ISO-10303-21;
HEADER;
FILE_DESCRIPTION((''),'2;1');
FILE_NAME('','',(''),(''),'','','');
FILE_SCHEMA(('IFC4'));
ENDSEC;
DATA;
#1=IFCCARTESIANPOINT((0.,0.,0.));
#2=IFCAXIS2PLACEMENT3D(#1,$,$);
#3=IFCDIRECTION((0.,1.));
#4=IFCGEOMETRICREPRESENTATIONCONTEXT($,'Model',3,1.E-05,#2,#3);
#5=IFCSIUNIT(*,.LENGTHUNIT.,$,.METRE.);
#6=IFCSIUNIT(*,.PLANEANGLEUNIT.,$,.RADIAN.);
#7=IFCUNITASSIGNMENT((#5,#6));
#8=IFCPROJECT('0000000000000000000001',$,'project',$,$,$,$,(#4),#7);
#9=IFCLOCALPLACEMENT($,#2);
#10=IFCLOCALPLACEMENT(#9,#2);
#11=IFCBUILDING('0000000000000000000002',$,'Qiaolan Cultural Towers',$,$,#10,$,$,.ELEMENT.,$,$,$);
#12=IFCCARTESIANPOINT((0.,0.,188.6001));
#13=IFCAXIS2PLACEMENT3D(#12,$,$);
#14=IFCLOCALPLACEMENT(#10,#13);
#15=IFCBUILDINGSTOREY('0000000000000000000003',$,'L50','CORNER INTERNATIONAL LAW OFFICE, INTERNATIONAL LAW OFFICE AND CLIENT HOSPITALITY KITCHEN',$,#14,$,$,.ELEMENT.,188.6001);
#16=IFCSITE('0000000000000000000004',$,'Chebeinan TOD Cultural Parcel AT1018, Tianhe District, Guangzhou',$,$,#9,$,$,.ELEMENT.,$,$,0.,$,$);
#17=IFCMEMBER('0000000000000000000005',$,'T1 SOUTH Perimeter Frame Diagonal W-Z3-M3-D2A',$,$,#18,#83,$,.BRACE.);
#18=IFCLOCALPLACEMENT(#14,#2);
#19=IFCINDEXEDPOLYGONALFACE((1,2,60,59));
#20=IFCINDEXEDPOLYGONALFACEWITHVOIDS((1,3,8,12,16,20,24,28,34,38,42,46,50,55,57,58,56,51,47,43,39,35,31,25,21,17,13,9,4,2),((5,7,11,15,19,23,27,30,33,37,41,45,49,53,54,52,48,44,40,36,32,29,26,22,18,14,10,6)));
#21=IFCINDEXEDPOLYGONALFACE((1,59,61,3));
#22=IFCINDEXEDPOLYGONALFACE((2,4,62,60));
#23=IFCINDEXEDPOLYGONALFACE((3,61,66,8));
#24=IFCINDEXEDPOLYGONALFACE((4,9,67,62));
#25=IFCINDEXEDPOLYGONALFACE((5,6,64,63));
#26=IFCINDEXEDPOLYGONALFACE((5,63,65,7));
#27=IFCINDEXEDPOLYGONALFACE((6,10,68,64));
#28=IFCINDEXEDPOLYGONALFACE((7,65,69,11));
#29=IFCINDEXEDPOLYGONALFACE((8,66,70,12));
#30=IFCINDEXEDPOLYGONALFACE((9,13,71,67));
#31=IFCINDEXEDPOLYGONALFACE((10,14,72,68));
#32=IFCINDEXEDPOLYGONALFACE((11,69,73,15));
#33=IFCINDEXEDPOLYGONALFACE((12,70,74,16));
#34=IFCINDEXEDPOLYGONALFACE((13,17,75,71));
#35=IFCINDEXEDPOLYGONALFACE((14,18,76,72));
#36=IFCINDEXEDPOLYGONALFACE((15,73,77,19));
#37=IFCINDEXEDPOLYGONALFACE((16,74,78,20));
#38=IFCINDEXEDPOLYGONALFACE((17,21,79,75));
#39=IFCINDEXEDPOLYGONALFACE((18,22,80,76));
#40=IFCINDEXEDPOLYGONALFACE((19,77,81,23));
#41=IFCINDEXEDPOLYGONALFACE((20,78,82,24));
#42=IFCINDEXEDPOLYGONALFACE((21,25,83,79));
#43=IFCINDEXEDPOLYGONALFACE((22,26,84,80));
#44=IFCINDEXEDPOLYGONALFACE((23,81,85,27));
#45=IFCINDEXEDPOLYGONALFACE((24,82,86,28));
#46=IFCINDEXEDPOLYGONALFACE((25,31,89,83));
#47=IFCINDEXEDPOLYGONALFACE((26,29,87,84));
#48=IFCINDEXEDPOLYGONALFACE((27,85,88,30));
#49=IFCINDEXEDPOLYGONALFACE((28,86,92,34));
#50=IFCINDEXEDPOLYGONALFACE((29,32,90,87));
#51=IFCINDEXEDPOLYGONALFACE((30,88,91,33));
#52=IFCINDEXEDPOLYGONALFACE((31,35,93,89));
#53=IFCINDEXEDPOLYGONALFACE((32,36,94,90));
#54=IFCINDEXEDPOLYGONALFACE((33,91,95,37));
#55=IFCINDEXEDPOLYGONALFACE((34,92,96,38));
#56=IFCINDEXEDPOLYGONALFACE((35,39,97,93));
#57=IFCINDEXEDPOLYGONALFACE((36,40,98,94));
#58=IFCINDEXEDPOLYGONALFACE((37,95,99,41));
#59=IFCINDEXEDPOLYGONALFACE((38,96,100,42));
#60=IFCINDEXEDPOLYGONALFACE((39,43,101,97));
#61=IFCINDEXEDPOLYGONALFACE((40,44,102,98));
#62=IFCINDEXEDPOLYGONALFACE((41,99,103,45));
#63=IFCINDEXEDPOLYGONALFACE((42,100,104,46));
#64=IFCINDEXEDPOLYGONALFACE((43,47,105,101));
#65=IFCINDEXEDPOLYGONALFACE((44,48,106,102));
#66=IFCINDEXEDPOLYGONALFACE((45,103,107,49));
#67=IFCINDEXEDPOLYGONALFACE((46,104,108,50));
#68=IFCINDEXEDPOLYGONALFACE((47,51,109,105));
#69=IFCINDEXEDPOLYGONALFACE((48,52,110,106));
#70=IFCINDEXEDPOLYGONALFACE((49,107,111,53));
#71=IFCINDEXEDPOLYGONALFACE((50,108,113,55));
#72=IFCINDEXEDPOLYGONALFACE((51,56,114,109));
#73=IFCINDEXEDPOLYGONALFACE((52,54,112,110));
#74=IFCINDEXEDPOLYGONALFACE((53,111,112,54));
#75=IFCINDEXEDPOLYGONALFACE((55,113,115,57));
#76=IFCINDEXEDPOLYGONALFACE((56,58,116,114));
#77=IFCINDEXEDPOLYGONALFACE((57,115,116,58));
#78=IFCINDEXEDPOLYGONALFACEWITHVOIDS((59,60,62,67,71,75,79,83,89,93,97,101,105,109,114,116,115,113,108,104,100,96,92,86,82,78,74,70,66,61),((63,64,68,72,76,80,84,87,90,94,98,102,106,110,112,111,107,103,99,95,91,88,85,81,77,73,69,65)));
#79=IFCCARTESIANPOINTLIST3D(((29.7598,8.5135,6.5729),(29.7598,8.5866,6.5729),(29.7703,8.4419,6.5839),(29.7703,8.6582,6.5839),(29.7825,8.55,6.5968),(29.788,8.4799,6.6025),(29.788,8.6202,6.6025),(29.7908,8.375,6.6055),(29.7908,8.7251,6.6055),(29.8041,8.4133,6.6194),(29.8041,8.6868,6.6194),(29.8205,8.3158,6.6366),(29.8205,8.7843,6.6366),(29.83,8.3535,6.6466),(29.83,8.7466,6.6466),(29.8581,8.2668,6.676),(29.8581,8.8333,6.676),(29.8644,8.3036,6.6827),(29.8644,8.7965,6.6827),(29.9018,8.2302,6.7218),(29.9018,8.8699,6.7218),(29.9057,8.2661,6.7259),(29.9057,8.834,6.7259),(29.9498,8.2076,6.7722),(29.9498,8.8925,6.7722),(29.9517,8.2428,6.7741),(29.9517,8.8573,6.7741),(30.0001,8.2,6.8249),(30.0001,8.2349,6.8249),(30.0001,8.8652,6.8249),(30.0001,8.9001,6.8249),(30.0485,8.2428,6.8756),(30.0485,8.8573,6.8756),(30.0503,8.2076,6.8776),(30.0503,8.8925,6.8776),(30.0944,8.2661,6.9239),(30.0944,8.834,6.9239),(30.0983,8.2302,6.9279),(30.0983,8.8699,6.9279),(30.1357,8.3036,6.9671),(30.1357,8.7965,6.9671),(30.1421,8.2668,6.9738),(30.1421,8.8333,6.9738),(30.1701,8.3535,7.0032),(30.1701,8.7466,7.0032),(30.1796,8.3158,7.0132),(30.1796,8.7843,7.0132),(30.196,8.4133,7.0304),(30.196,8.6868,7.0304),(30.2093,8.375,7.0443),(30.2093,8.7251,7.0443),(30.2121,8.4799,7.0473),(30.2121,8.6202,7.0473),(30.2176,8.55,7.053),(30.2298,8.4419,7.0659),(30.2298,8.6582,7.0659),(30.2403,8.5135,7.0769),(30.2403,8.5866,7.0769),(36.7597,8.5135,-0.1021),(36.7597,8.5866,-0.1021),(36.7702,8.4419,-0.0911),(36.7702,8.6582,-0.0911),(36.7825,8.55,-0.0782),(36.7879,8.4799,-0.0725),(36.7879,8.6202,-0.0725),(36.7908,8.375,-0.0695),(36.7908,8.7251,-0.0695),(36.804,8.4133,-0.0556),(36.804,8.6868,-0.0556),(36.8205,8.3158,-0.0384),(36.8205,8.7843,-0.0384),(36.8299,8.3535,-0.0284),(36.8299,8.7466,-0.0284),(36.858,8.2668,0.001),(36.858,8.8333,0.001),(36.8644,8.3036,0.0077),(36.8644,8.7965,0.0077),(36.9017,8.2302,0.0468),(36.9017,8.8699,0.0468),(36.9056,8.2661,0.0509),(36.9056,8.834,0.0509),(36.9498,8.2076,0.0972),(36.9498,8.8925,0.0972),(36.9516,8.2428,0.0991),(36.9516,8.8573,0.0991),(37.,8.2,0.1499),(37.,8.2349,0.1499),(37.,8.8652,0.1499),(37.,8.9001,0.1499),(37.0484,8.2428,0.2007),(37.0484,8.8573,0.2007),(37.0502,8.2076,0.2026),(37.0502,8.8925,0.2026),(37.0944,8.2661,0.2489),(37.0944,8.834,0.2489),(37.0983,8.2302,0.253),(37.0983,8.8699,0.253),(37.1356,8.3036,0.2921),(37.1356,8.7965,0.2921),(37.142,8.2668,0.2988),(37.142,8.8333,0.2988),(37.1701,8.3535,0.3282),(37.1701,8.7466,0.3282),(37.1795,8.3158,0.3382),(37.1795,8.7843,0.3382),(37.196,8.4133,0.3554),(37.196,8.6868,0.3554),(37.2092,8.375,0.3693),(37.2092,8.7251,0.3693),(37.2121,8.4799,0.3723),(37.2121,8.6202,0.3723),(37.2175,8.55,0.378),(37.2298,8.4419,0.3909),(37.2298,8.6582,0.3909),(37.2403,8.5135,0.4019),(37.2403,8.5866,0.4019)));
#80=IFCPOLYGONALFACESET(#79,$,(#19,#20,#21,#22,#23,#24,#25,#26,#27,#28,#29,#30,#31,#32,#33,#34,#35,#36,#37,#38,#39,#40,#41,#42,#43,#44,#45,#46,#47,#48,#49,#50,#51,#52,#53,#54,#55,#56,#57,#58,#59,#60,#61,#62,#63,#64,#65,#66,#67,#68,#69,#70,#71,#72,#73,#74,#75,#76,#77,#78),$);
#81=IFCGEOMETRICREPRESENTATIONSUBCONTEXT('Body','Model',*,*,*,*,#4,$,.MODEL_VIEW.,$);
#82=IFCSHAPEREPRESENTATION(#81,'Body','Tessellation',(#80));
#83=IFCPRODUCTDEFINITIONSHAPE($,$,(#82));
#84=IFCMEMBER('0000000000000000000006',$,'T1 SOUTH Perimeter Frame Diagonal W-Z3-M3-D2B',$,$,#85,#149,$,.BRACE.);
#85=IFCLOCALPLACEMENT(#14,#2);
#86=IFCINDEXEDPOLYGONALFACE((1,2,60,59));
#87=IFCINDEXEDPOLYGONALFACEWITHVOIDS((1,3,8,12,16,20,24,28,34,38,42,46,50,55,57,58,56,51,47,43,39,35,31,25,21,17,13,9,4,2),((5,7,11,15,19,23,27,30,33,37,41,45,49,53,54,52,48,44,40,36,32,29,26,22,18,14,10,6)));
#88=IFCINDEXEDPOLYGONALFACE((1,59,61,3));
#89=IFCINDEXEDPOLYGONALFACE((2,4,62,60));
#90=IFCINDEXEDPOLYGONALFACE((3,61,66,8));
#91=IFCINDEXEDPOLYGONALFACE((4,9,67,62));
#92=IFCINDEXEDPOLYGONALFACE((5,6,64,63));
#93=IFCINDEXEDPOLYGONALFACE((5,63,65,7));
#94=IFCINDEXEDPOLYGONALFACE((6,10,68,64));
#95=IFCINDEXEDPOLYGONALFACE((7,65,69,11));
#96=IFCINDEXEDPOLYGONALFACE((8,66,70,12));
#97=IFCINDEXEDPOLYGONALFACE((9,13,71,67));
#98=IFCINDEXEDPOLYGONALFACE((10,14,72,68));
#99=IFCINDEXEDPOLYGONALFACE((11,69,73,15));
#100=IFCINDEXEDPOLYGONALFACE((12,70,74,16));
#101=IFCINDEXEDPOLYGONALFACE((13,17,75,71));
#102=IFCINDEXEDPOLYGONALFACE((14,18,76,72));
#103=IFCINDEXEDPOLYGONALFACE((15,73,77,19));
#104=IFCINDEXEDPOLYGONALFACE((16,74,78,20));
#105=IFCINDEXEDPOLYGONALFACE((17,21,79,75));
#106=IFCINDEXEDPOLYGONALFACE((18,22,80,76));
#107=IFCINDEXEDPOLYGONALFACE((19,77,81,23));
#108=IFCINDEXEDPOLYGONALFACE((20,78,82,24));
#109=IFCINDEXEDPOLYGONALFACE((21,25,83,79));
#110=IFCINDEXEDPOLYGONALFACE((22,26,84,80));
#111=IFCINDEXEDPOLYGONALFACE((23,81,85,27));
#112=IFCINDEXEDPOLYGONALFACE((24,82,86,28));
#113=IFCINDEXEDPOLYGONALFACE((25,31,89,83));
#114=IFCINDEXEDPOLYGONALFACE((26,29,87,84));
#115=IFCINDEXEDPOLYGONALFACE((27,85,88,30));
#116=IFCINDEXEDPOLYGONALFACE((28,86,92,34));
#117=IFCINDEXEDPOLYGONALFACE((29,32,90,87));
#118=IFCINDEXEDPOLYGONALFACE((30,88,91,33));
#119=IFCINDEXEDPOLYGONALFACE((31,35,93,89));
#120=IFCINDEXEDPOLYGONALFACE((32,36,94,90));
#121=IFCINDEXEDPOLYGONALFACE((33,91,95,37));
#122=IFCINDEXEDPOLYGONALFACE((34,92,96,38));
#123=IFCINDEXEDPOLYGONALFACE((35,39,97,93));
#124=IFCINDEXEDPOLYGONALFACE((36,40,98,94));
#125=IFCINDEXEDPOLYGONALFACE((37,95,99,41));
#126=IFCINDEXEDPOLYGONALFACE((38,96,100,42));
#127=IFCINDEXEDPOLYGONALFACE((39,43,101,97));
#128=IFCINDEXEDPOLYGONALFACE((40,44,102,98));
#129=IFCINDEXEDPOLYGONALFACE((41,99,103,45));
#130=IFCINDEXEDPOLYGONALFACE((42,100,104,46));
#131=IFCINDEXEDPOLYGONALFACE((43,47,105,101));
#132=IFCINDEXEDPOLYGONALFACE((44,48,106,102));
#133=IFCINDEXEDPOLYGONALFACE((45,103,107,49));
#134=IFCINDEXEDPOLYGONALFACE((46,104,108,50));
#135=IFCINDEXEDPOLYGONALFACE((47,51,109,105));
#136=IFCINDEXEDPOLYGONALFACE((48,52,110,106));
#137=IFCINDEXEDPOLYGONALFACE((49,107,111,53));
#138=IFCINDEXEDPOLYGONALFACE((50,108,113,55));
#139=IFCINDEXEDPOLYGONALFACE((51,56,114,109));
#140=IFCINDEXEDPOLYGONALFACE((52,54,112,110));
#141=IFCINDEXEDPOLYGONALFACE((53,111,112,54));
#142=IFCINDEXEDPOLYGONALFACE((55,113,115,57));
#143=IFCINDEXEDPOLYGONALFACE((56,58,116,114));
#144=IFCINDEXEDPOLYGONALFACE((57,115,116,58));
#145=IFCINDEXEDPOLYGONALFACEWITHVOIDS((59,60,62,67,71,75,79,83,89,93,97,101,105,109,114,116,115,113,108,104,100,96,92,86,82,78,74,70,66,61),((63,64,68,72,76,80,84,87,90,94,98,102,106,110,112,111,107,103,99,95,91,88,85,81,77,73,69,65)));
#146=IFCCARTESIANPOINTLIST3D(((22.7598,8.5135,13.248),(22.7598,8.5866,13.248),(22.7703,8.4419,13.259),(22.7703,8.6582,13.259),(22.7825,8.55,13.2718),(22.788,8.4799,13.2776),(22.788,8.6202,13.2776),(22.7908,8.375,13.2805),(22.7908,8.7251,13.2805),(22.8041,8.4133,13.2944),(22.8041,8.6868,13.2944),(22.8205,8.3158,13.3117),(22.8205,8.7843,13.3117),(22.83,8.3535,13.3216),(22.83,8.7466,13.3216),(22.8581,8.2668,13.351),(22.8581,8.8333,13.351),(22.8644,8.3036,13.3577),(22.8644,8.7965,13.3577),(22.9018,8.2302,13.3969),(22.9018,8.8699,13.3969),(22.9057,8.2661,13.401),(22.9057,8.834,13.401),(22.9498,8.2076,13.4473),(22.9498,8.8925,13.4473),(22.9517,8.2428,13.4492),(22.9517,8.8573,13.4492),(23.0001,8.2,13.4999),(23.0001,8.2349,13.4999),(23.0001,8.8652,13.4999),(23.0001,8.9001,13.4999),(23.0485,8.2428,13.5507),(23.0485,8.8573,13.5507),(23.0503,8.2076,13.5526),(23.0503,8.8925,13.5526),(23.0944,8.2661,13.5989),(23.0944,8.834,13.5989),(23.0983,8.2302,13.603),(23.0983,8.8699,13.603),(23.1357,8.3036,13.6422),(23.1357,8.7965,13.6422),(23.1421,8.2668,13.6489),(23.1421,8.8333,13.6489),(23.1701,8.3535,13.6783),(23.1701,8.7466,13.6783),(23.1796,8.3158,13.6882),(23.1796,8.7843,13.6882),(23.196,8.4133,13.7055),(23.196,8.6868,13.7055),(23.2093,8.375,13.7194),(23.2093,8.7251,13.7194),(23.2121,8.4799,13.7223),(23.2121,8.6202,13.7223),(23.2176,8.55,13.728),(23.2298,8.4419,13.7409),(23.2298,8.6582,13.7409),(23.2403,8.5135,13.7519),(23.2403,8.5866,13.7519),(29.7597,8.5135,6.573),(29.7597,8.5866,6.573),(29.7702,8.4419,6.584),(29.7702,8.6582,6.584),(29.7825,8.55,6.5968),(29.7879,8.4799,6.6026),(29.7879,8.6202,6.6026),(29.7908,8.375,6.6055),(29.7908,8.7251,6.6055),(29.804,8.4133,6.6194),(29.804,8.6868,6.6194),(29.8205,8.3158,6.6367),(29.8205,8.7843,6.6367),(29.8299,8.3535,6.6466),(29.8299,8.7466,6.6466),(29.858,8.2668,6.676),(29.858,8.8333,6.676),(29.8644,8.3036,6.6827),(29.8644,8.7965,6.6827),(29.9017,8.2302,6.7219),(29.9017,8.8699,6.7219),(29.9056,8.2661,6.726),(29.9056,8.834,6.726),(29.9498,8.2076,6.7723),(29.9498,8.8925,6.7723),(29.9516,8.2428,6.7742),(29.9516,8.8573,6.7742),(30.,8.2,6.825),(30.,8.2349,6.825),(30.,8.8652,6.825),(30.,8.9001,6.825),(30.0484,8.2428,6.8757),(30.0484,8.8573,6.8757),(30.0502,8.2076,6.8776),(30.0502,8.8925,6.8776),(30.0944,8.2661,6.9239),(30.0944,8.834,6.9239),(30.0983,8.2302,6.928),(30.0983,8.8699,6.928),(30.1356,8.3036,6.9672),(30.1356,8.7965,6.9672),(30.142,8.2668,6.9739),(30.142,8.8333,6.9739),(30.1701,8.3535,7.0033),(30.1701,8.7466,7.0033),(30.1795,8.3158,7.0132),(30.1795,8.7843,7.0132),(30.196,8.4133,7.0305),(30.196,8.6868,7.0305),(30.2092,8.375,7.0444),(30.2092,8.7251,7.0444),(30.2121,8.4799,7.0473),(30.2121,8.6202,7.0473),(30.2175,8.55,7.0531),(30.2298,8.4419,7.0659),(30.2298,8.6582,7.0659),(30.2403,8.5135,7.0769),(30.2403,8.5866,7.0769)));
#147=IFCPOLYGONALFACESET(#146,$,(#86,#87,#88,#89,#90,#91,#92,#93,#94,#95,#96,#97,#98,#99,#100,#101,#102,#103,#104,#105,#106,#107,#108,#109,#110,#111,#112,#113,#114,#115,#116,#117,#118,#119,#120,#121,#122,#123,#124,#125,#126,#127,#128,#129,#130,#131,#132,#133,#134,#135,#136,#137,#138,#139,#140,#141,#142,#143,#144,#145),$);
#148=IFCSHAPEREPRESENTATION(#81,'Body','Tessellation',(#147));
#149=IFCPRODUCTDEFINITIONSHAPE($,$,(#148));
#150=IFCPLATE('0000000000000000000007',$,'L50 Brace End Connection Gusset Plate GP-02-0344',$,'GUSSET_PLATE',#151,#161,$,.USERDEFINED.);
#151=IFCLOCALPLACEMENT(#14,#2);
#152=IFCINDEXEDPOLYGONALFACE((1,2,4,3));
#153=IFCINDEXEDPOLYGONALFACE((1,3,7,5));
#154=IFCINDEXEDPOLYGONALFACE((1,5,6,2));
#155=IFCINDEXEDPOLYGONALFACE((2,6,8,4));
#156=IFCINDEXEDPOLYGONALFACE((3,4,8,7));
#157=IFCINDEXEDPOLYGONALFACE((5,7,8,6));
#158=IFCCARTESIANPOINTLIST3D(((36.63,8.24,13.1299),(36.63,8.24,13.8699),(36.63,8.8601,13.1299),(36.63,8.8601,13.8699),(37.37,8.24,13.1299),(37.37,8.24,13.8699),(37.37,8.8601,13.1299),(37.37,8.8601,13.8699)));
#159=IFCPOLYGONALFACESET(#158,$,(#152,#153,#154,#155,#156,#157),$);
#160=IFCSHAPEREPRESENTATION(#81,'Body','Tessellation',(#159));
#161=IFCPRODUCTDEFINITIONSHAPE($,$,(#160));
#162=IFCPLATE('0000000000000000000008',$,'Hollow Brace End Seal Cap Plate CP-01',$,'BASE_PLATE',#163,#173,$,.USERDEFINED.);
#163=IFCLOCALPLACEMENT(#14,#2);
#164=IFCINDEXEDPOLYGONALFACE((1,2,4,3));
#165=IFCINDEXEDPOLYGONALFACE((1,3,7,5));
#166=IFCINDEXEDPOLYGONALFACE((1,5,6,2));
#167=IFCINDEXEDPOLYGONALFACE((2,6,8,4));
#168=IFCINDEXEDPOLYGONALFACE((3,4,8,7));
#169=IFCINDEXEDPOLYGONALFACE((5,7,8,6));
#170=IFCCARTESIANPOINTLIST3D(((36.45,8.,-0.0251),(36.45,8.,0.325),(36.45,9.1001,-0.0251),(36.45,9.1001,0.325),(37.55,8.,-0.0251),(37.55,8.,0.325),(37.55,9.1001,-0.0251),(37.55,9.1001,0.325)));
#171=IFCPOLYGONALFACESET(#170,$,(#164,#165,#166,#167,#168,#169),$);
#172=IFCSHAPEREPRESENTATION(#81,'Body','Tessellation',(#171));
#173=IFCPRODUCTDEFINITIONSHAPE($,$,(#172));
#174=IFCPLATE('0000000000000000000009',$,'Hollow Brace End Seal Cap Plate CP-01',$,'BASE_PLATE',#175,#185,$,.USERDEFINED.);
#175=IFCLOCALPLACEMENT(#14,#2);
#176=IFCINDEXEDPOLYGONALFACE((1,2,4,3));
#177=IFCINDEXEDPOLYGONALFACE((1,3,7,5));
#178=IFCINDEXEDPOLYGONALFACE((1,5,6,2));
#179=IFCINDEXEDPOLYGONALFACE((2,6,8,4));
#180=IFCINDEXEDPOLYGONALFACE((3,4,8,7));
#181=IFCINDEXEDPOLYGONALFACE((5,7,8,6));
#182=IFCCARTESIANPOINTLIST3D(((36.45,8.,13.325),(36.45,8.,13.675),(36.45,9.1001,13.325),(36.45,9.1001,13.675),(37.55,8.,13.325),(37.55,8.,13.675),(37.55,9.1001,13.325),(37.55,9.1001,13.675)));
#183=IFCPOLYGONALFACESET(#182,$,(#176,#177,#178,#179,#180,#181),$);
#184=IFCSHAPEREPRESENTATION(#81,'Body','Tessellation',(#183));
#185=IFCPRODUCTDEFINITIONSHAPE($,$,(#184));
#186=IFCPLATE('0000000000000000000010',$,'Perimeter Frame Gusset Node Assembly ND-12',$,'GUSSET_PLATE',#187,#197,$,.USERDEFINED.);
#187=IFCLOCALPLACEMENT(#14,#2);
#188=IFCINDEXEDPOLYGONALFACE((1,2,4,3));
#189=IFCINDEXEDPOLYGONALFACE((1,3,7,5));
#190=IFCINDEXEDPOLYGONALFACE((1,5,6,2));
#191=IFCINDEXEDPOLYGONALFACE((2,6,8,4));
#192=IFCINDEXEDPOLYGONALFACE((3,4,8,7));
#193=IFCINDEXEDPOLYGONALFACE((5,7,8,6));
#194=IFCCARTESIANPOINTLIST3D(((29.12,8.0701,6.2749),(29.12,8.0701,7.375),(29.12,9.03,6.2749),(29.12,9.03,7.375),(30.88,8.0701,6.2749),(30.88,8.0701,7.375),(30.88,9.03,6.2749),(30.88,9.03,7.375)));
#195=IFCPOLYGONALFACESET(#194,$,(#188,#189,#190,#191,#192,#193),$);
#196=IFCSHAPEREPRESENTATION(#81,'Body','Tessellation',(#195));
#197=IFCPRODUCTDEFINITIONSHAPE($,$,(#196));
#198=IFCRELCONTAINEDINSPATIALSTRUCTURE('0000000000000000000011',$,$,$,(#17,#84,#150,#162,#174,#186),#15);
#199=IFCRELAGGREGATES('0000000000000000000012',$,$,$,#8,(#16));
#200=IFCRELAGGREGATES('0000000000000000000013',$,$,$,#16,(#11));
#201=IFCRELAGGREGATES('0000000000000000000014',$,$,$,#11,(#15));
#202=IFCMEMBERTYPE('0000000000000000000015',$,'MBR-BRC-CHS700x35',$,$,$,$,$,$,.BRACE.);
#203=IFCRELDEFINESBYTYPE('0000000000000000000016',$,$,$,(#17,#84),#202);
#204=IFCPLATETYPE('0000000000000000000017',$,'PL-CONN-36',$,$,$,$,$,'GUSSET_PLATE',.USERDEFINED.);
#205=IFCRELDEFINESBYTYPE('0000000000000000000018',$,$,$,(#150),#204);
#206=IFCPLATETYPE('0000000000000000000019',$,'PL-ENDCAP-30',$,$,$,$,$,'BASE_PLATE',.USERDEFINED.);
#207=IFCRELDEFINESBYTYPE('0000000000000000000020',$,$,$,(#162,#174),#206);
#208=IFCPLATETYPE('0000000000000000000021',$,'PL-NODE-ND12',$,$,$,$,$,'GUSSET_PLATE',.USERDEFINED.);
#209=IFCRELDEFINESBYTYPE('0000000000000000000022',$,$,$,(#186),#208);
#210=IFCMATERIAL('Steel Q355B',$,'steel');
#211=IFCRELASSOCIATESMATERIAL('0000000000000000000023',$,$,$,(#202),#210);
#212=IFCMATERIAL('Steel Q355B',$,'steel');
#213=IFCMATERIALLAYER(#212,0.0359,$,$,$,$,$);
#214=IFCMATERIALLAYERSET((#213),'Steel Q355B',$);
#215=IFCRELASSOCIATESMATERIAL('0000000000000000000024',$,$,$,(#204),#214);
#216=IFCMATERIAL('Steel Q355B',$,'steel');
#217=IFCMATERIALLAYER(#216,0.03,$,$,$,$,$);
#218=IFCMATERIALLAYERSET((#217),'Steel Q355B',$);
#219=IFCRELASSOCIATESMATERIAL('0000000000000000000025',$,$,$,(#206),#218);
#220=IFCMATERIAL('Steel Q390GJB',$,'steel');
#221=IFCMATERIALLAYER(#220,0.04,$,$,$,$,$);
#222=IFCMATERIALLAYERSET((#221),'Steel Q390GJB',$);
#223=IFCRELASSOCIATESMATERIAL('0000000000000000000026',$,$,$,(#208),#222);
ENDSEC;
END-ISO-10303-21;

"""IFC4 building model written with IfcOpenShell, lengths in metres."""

from ifc_helpers import new_model, si_unit, direction, frame, origin, origin_2d, place, context, subcontext, project, spatial, rectangle, hollow_circle, extrude, material, layer, layer_set, material_profile, profile_set, type_object, element, save


model = new_model("IFC4")

# Units and contexts
model_context = context("Model", 3, precision=1e-05, world=origin(), true_north=direction((0.0, 1.0)))
body_context = subcontext(model_context, "Body", "Model", "MODEL_VIEW")
ifc_project = project(units=[si_unit("LENGTHUNIT", "METRE"), si_unit("PLANEANGLEUNIT", "RADIAN")], contexts=[model_context])

# Site, building, storey
site_placement = place(None, origin())
site = spatial("IfcSite", under=ifc_project, at=site_placement, Name="Chebeinan TOD Cultural Parcel AT1018, Tianhe District, Guangzhou", CompositionType="ELEMENT", RefElevation=0.0)
building_placement = place(site_placement, origin())
building = spatial("IfcBuilding", under=site, at=building_placement, Name="Qiaolan Cultural Towers", CompositionType="ELEMENT")
storey_placement = place(building_placement, frame((0.0, 0.0, 188.6001)))
storey = spatial("IfcBuildingStorey", under=building, at=storey_placement, Name="L50", Description="CORNER INTERNATIONAL LAW OFFICE, INTERNATIONAL LAW OFFICE AND CLIENT HOSPITALITY KITCHEN", CompositionType="ELEMENT", Elevation=188.6001)

# Members
ifc_material_1 = material(Name="Steel Q355B", Category="steel")
ifc_material_profile_1 = material_profile(ifc_material_1, hollow_circle(Radius=0.3501, WallThickness=0.0349, at=origin_2d()), Name="CHS700x35")
ifc_profile_set_1 = profile_set([ifc_material_profile_1], Name="Steel Q355B")
member_type = type_object("IfcMemberType", Name="MBR-BRC-CHS700x35", PredefinedType="BRACE", material=ifc_profile_set_1)
for number, where, z_axis, x_axis, name in (
    (1, (37.0, 8.55, 0.1499), (-0.723705, 0.0, 0.690109), (0.0, -1.0, 0.0), "T1 SOUTH Perimeter Frame Diagonal W-Z3-M3-D2A"),
    (2, (30.0, 8.55, 6.825), (-0.723705, 0.0, 0.690109), (0.0, -1.0, 0.0), "T1 SOUTH Perimeter Frame Diagonal W-Z3-M3-D2B"),
):
    element("IfcMember", number, at=place(storey_placement, frame(where, z_axis=z_axis, x_axis=x_axis)), inside=storey, type_object=member_type, Name=name, PredefinedType="BRACE", context=body_context, shape_type="SweptSolid", body=[
        extrude(hollow_circle(Radius=0.3501, WallThickness=0.0349, at=origin_2d()), origin(), (0.0, 0.0, 1.0), 9.6724),
    ])

# Plates
ifc_material_2 = material(Name="Steel Q355B", Category="steel")
ifc_layer_1 = layer(ifc_material_2, 0.0359)
ifc_layer_set_1 = layer_set([ifc_layer_1], Name="Steel Q355B")
plate_type_1 = type_object("IfcPlateType", Name="PL-CONN-36", ElementType="GUSSET_PLATE", PredefinedType="USERDEFINED", material=ifc_layer_set_1)
plate_1_placement = place(storey_placement, frame((37.0, 8.55, 13.1299), z_axis=(0.0, 0.0, 1.0), x_axis=(1.0, 0.0, 0.0)))
element("IfcPlate", 3, at=plate_1_placement, inside=storey, type_object=plate_type_1, Name="L50 Brace End Connection Gusset Plate GP-02-0344", ObjectType="GUSSET_PLATE", PredefinedType="USERDEFINED", context=body_context, shape_type="SweptSolid", body=[
    extrude(rectangle(XDim=0.74, YDim=0.6201, at=origin_2d()), origin(), (0.0, 0.0, 1.0), 0.74),
])
ifc_material_3 = material(Name="Steel Q355B", Category="steel")
ifc_layer_2 = layer(ifc_material_3, 0.03)
ifc_layer_set_2 = layer_set([ifc_layer_2], Name="Steel Q355B")
plate_type_2 = type_object("IfcPlateType", Name="PL-ENDCAP-30", ElementType="BASE_PLATE", PredefinedType="USERDEFINED", material=ifc_layer_set_2)
for number, where, z_axis, x_axis, name in (
    (4, (37.0, 8.55, -0.0251), (0.0, 0.0, 1.0), (1.0, 0.0, 0.0), "Hollow Brace End Seal Cap Plate CP-01"),
    (5, (37.0, 8.55, 13.325), (0.0, 0.0, 1.0), (1.0, 0.0, 0.0), "Hollow Brace End Seal Cap Plate CP-01"),
):
    element("IfcPlate", number, at=place(storey_placement, frame(where, z_axis=z_axis, x_axis=x_axis)), inside=storey, type_object=plate_type_2, Name=name, ObjectType="BASE_PLATE", PredefinedType="USERDEFINED", context=body_context, shape_type="SweptSolid", body=[
        extrude(rectangle(XDim=1.1001, YDim=1.1001, at=origin_2d()), origin(), (0.0, 0.0, 1.0), 0.3501),
    ])
ifc_material_4 = material(Name="Steel Q390GJB", Category="steel")
ifc_layer_3 = layer(ifc_material_4, 0.04)
ifc_layer_set_3 = layer_set([ifc_layer_3], Name="Steel Q390GJB")
plate_type_3 = type_object("IfcPlateType", Name="PL-NODE-ND12", ElementType="GUSSET_PLATE", PredefinedType="USERDEFINED", material=ifc_layer_set_3)
plate_2_placement = place(storey_placement, frame((30.0, 8.55, 6.2749), z_axis=(0.0, 0.0, 1.0), x_axis=(1.0, 0.0, 0.0)))
element("IfcPlate", 6, at=plate_2_placement, inside=storey, type_object=plate_type_3, Name="Perimeter Frame Gusset Node Assembly ND-12", ObjectType="GUSSET_PLATE", PredefinedType="USERDEFINED", context=body_context, shape_type="SweptSolid", body=[
    extrude(rectangle(XDim=1.76, YDim=0.96, at=origin_2d()), origin(), (0.0, 0.0, 1.0), 1.1001),
])

save(model, "model.ifc")
